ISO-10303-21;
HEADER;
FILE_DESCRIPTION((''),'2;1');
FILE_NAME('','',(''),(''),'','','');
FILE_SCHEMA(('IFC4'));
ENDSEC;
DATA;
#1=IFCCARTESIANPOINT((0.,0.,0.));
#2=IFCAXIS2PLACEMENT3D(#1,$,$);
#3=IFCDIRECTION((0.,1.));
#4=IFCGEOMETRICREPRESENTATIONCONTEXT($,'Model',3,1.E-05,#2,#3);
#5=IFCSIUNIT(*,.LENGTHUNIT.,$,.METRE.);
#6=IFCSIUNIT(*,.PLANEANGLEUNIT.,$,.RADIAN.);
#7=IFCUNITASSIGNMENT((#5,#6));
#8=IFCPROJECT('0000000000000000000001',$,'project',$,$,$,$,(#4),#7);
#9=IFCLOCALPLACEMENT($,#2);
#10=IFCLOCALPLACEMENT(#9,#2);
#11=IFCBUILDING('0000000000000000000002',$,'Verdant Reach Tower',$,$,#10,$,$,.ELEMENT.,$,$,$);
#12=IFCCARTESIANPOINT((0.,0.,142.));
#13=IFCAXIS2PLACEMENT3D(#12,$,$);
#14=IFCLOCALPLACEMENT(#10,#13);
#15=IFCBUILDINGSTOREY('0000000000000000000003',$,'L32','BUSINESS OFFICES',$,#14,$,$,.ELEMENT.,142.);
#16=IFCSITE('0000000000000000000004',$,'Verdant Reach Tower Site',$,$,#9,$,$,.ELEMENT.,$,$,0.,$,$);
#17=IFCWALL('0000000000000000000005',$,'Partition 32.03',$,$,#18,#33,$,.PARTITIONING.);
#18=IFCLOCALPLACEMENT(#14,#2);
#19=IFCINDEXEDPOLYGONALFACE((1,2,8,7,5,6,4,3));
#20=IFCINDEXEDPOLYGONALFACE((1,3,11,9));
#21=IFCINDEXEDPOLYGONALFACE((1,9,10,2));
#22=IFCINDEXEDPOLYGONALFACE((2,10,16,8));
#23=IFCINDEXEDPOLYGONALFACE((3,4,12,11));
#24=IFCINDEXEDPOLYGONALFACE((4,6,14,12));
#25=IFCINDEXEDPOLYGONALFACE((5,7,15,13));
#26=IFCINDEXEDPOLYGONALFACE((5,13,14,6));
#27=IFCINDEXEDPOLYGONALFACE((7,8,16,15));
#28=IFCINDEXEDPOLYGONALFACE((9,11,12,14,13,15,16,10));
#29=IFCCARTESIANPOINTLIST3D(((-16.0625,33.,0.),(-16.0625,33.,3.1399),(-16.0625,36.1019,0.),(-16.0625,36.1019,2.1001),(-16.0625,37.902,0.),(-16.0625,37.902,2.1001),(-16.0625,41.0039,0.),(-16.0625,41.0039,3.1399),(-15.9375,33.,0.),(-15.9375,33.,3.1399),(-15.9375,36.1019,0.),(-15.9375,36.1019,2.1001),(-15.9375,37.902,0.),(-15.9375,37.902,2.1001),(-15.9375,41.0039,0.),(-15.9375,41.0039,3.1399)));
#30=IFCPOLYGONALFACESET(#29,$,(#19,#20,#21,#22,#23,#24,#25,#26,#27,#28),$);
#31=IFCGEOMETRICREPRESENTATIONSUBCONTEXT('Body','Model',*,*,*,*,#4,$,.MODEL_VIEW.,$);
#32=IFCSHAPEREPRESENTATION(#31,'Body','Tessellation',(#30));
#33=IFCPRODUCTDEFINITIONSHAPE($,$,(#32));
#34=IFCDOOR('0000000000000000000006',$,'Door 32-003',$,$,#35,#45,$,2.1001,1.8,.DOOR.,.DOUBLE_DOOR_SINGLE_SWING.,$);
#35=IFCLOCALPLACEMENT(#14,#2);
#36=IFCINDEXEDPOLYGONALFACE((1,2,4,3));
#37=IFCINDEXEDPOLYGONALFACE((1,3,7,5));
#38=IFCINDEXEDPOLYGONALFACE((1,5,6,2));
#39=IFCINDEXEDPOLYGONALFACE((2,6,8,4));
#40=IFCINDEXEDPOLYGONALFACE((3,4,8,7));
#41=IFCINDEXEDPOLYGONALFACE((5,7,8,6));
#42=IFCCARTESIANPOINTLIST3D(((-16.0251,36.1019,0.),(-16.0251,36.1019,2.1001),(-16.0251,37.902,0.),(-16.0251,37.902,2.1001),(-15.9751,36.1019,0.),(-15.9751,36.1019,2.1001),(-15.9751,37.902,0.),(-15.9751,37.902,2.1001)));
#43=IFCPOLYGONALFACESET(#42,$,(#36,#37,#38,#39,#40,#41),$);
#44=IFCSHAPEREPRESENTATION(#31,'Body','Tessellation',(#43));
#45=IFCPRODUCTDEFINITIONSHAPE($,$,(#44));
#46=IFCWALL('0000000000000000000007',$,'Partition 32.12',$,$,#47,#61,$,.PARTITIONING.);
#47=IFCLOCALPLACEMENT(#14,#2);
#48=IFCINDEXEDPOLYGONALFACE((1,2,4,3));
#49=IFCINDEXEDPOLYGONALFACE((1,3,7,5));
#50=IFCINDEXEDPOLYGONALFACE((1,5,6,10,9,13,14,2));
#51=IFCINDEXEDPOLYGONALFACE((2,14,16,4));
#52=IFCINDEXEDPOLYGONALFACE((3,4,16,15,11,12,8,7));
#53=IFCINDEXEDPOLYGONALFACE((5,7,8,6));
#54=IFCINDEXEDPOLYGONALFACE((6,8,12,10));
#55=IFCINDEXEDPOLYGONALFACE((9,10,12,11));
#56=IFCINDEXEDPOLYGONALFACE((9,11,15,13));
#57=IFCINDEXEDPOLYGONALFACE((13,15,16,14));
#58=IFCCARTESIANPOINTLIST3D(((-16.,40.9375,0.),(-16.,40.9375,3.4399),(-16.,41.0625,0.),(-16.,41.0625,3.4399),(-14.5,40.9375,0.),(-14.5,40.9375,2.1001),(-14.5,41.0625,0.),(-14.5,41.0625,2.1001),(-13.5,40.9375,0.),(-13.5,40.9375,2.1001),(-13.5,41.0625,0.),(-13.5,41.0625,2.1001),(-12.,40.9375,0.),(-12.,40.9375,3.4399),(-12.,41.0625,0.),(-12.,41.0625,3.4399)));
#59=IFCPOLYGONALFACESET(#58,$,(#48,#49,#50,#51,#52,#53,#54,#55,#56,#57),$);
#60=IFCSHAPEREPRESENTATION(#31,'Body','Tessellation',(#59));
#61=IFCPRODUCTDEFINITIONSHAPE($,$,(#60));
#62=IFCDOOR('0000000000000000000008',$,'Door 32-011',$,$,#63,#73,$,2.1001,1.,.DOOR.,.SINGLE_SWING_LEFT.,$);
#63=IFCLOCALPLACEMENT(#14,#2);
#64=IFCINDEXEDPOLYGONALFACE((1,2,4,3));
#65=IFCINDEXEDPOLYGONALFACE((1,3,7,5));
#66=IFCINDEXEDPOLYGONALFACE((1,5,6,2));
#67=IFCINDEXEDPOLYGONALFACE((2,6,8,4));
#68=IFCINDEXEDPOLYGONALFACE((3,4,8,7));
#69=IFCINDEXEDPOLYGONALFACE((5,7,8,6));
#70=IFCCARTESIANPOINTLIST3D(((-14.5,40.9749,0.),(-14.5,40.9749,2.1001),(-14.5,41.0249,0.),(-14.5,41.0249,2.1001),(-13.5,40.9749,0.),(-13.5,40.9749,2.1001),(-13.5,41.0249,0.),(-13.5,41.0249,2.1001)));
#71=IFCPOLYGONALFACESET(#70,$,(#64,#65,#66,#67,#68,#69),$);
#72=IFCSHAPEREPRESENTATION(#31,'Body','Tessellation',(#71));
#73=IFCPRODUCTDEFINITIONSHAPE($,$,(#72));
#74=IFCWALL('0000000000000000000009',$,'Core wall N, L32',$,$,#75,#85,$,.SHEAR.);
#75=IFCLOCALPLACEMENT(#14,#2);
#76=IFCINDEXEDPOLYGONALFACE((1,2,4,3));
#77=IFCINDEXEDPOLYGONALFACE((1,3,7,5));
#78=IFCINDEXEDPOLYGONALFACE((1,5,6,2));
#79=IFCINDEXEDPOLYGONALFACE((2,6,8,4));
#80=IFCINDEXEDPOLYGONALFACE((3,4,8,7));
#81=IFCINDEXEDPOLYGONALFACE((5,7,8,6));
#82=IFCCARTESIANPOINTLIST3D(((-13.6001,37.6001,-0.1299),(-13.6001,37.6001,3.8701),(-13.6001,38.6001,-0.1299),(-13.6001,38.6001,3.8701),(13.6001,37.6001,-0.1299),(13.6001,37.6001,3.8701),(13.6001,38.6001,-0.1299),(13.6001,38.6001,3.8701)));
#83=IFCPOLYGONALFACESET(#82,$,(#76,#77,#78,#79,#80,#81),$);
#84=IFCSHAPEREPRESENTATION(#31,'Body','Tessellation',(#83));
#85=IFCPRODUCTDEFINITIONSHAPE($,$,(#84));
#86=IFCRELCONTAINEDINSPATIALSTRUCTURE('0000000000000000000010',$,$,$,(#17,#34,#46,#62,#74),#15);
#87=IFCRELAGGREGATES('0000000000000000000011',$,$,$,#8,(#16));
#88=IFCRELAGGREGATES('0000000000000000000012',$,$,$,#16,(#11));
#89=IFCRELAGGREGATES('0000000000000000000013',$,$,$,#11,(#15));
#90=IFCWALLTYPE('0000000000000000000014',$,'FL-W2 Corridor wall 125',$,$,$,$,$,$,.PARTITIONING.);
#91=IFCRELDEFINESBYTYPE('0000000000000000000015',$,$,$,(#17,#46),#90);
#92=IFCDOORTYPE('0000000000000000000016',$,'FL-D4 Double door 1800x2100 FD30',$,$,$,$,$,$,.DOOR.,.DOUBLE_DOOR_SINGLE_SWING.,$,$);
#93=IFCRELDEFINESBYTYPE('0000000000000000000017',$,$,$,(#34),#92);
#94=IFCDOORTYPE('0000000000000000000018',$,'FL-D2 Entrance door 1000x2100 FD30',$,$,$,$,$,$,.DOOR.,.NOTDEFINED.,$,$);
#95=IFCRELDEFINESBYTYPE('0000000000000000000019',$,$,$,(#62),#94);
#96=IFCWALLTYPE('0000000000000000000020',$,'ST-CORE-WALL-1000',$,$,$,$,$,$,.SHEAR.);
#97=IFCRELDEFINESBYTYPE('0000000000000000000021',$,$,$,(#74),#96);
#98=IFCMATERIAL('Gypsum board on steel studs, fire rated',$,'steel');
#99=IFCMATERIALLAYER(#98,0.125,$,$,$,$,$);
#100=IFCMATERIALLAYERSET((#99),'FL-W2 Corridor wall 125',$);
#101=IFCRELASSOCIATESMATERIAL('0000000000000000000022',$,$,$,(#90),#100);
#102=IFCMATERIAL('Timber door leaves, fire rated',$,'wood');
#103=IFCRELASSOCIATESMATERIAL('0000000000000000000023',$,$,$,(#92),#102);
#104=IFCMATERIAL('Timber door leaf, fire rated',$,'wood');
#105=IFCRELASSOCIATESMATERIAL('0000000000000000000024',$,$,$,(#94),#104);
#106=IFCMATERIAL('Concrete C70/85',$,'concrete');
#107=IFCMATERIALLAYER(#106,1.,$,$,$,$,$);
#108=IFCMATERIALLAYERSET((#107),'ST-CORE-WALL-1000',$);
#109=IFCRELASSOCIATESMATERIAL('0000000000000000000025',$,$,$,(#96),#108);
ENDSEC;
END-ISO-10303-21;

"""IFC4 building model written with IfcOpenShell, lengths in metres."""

from ifc_helpers import new_model, si_unit, direction, frame, frame_2d, origin, place, context, subcontext, project, spatial, rectangle, extrude, material, layer, layer_set, type_object, element, fill, save


model = new_model("IFC4")

# Units and contexts
model_context = context("Model", 3, precision=1e-05, world=origin(), true_north=direction((0.0, 1.0)))
body_context = subcontext(model_context, "Body", "Model", "MODEL_VIEW")
ifc_project = project(units=[si_unit("LENGTHUNIT", "METRE"), si_unit("PLANEANGLEUNIT", "RADIAN")], contexts=[model_context])

# Site, building, storey
site_placement = place(None, origin())
site = spatial("IfcSite", under=ifc_project, at=site_placement, Name="Verdant Reach Tower Site", CompositionType="ELEMENT", RefElevation=0.0)
building_placement = place(site_placement, origin())
building = spatial("IfcBuilding", under=site, at=building_placement, Name="Verdant Reach Tower", CompositionType="ELEMENT")
storey_placement = place(building_placement, frame((0.0, 0.0, 142.0)))
storey = spatial("IfcBuildingStorey", under=building, at=storey_placement, Name="L32", Description="BUSINESS OFFICES", CompositionType="ELEMENT", Elevation=142.0)

# Walls, openings, doors
ifc_material_1 = material(Name="Gypsum board on steel studs, fire rated", Category="steel")
ifc_layer_1 = layer(ifc_material_1, 0.125)
ifc_layer_set_1 = layer_set([ifc_layer_1], Name="FL-W2 Corridor wall 125")
wall_type_1 = type_object("IfcWallType", Name="FL-W2 Corridor wall 125", PredefinedType="PARTITIONING", material=ifc_layer_set_1)
wall_1_placement = place(storey_placement, frame((-16.0, 41.0039, 0.0), z_axis=(0.0, 0.0, 1.0), x_axis=(0.0, -1.0, 0.0)))
wall_1 = element("IfcWall", 1, at=wall_1_placement, inside=storey, type_object=wall_type_1, Name="Partition 32.03", PredefinedType="PARTITIONING", context=body_context, shape_type="SweptSolid", body=[
    extrude(rectangle(XDim=8.0039, YDim=0.125, at=frame_2d((4.002, 0.0))), origin(), (0.0, 0.0, 1.0), 3.1399),
])
opening_1_placement = place(wall_1_placement, frame((3.1021, 0.0, 0.0)))
opening_1 = element("IfcOpeningElement", 2, at=opening_1_placement, cuts=wall_1, PredefinedType="OPENING", context=body_context, shape_type="SweptSolid", body=[
    extrude(rectangle(XDim=1.8, YDim=2.1001, at=frame_2d((0.8999, 1.05))), frame((0.0, 0.0725, 0.0), z_axis=(0.0, -1.0, 0.0), x_axis=(1.0, 0.0, 0.0)), (0.0, 0.0, 1.0), 0.145),
])
ifc_material_2 = material(Name="Timber door leaves, fire rated", Category="wood")
door_type_1 = type_object("IfcDoorType", Name="FL-D4 Double door 1800x2100 FD30", OperationType="DOUBLE_DOOR_SINGLE_SWING", PredefinedType="DOOR", material=ifc_material_2)
door_1_placement = place(opening_1_placement, origin())
door_1 = element("IfcDoor", 3, at=door_1_placement, inside=storey, type_object=door_type_1, Name="Door 32-003", OperationType="DOUBLE_DOOR_SINGLE_SWING", OverallHeight=2.1001, OverallWidth=1.8, PredefinedType="DOOR", context=body_context, shape_type="SweptSolid", body=[
    extrude(rectangle(XDim=1.8, YDim=2.1001, at=frame_2d((0.8999, 1.05))), frame((0.0, 0.0249, 0.0), z_axis=(0.0, -1.0, 0.0), x_axis=(1.0, 0.0, 0.0)), (0.0, 0.0, 1.0), 0.05),
])
fill(opening_1, door_1)
wall_2_placement = place(storey_placement, frame((-16.0, 41.0, 0.0), z_axis=(0.0, 0.0, 1.0), x_axis=(1.0, 0.0, 0.0)))
wall_2 = element("IfcWall", 4, at=wall_2_placement, inside=storey, type_object=wall_type_1, Name="Partition 32.12", PredefinedType="PARTITIONING", context=body_context, shape_type="SweptSolid", body=[
    extrude(rectangle(XDim=4.0, YDim=0.125, at=frame_2d((2.0, 0.0))), origin(), (0.0, 0.0, 1.0), 3.4399),
])
opening_2_placement = place(wall_2_placement, frame((1.5, 0.0, 0.0)))
opening_2 = element("IfcOpeningElement", 5, at=opening_2_placement, cuts=wall_2, PredefinedType="OPENING", context=body_context, shape_type="SweptSolid", body=[
    extrude(rectangle(XDim=1.0, YDim=2.1001, at=frame_2d((0.5, 1.05))), frame((0.0, 0.0725, 0.0), z_axis=(0.0, -1.0, 0.0), x_axis=(1.0, 0.0, 0.0)), (0.0, 0.0, 1.0), 0.145),
])
ifc_material_3 = material(Name="Timber door leaf, fire rated", Category="wood")
door_type_2 = type_object("IfcDoorType", Name="FL-D2 Entrance door 1000x2100 FD30", OperationType="NOTDEFINED", PredefinedType="DOOR", material=ifc_material_3)
door_2_placement = place(opening_2_placement, origin())
door_2 = element("IfcDoor", 6, at=door_2_placement, inside=storey, type_object=door_type_2, Name="Door 32-011", OperationType="SINGLE_SWING_LEFT", OverallHeight=2.1001, OverallWidth=1.0, PredefinedType="DOOR", context=body_context, shape_type="SweptSolid", body=[
    extrude(rectangle(XDim=1.0, YDim=2.1001, at=frame_2d((0.5, 1.05))), frame((0.0, 0.0249, 0.0), z_axis=(0.0, -1.0, 0.0), x_axis=(1.0, 0.0, 0.0)), (0.0, 0.0, 1.0), 0.05),
])
fill(opening_2, door_2)

# Wall
ifc_material_4 = material(Name="Concrete C70/85", Category="concrete")
ifc_layer_2 = layer(ifc_material_4, 1.0)
ifc_layer_set_2 = layer_set([ifc_layer_2], Name="ST-CORE-WALL-1000")
wall_type_2 = type_object("IfcWallType", Name="ST-CORE-WALL-1000", PredefinedType="SHEAR", material=ifc_layer_set_2)
wall_3_placement = place(storey_placement, frame((-13.6001, 38.1001, -0.1299), z_axis=(0.0, 0.0, 1.0), x_axis=(1.0, 0.0, 0.0)))
element("IfcWall", 7, at=wall_3_placement, inside=storey, type_object=wall_type_2, Name="Core wall N, L32", PredefinedType="SHEAR", context=body_context, shape_type="SweptSolid", body=[
    extrude(rectangle(XDim=27.2002, YDim=1.0, at=frame_2d((13.6001, 0.0))), origin(), (0.0, 0.0, 1.0), 4.0),
])

save(model, "model.ifc")
